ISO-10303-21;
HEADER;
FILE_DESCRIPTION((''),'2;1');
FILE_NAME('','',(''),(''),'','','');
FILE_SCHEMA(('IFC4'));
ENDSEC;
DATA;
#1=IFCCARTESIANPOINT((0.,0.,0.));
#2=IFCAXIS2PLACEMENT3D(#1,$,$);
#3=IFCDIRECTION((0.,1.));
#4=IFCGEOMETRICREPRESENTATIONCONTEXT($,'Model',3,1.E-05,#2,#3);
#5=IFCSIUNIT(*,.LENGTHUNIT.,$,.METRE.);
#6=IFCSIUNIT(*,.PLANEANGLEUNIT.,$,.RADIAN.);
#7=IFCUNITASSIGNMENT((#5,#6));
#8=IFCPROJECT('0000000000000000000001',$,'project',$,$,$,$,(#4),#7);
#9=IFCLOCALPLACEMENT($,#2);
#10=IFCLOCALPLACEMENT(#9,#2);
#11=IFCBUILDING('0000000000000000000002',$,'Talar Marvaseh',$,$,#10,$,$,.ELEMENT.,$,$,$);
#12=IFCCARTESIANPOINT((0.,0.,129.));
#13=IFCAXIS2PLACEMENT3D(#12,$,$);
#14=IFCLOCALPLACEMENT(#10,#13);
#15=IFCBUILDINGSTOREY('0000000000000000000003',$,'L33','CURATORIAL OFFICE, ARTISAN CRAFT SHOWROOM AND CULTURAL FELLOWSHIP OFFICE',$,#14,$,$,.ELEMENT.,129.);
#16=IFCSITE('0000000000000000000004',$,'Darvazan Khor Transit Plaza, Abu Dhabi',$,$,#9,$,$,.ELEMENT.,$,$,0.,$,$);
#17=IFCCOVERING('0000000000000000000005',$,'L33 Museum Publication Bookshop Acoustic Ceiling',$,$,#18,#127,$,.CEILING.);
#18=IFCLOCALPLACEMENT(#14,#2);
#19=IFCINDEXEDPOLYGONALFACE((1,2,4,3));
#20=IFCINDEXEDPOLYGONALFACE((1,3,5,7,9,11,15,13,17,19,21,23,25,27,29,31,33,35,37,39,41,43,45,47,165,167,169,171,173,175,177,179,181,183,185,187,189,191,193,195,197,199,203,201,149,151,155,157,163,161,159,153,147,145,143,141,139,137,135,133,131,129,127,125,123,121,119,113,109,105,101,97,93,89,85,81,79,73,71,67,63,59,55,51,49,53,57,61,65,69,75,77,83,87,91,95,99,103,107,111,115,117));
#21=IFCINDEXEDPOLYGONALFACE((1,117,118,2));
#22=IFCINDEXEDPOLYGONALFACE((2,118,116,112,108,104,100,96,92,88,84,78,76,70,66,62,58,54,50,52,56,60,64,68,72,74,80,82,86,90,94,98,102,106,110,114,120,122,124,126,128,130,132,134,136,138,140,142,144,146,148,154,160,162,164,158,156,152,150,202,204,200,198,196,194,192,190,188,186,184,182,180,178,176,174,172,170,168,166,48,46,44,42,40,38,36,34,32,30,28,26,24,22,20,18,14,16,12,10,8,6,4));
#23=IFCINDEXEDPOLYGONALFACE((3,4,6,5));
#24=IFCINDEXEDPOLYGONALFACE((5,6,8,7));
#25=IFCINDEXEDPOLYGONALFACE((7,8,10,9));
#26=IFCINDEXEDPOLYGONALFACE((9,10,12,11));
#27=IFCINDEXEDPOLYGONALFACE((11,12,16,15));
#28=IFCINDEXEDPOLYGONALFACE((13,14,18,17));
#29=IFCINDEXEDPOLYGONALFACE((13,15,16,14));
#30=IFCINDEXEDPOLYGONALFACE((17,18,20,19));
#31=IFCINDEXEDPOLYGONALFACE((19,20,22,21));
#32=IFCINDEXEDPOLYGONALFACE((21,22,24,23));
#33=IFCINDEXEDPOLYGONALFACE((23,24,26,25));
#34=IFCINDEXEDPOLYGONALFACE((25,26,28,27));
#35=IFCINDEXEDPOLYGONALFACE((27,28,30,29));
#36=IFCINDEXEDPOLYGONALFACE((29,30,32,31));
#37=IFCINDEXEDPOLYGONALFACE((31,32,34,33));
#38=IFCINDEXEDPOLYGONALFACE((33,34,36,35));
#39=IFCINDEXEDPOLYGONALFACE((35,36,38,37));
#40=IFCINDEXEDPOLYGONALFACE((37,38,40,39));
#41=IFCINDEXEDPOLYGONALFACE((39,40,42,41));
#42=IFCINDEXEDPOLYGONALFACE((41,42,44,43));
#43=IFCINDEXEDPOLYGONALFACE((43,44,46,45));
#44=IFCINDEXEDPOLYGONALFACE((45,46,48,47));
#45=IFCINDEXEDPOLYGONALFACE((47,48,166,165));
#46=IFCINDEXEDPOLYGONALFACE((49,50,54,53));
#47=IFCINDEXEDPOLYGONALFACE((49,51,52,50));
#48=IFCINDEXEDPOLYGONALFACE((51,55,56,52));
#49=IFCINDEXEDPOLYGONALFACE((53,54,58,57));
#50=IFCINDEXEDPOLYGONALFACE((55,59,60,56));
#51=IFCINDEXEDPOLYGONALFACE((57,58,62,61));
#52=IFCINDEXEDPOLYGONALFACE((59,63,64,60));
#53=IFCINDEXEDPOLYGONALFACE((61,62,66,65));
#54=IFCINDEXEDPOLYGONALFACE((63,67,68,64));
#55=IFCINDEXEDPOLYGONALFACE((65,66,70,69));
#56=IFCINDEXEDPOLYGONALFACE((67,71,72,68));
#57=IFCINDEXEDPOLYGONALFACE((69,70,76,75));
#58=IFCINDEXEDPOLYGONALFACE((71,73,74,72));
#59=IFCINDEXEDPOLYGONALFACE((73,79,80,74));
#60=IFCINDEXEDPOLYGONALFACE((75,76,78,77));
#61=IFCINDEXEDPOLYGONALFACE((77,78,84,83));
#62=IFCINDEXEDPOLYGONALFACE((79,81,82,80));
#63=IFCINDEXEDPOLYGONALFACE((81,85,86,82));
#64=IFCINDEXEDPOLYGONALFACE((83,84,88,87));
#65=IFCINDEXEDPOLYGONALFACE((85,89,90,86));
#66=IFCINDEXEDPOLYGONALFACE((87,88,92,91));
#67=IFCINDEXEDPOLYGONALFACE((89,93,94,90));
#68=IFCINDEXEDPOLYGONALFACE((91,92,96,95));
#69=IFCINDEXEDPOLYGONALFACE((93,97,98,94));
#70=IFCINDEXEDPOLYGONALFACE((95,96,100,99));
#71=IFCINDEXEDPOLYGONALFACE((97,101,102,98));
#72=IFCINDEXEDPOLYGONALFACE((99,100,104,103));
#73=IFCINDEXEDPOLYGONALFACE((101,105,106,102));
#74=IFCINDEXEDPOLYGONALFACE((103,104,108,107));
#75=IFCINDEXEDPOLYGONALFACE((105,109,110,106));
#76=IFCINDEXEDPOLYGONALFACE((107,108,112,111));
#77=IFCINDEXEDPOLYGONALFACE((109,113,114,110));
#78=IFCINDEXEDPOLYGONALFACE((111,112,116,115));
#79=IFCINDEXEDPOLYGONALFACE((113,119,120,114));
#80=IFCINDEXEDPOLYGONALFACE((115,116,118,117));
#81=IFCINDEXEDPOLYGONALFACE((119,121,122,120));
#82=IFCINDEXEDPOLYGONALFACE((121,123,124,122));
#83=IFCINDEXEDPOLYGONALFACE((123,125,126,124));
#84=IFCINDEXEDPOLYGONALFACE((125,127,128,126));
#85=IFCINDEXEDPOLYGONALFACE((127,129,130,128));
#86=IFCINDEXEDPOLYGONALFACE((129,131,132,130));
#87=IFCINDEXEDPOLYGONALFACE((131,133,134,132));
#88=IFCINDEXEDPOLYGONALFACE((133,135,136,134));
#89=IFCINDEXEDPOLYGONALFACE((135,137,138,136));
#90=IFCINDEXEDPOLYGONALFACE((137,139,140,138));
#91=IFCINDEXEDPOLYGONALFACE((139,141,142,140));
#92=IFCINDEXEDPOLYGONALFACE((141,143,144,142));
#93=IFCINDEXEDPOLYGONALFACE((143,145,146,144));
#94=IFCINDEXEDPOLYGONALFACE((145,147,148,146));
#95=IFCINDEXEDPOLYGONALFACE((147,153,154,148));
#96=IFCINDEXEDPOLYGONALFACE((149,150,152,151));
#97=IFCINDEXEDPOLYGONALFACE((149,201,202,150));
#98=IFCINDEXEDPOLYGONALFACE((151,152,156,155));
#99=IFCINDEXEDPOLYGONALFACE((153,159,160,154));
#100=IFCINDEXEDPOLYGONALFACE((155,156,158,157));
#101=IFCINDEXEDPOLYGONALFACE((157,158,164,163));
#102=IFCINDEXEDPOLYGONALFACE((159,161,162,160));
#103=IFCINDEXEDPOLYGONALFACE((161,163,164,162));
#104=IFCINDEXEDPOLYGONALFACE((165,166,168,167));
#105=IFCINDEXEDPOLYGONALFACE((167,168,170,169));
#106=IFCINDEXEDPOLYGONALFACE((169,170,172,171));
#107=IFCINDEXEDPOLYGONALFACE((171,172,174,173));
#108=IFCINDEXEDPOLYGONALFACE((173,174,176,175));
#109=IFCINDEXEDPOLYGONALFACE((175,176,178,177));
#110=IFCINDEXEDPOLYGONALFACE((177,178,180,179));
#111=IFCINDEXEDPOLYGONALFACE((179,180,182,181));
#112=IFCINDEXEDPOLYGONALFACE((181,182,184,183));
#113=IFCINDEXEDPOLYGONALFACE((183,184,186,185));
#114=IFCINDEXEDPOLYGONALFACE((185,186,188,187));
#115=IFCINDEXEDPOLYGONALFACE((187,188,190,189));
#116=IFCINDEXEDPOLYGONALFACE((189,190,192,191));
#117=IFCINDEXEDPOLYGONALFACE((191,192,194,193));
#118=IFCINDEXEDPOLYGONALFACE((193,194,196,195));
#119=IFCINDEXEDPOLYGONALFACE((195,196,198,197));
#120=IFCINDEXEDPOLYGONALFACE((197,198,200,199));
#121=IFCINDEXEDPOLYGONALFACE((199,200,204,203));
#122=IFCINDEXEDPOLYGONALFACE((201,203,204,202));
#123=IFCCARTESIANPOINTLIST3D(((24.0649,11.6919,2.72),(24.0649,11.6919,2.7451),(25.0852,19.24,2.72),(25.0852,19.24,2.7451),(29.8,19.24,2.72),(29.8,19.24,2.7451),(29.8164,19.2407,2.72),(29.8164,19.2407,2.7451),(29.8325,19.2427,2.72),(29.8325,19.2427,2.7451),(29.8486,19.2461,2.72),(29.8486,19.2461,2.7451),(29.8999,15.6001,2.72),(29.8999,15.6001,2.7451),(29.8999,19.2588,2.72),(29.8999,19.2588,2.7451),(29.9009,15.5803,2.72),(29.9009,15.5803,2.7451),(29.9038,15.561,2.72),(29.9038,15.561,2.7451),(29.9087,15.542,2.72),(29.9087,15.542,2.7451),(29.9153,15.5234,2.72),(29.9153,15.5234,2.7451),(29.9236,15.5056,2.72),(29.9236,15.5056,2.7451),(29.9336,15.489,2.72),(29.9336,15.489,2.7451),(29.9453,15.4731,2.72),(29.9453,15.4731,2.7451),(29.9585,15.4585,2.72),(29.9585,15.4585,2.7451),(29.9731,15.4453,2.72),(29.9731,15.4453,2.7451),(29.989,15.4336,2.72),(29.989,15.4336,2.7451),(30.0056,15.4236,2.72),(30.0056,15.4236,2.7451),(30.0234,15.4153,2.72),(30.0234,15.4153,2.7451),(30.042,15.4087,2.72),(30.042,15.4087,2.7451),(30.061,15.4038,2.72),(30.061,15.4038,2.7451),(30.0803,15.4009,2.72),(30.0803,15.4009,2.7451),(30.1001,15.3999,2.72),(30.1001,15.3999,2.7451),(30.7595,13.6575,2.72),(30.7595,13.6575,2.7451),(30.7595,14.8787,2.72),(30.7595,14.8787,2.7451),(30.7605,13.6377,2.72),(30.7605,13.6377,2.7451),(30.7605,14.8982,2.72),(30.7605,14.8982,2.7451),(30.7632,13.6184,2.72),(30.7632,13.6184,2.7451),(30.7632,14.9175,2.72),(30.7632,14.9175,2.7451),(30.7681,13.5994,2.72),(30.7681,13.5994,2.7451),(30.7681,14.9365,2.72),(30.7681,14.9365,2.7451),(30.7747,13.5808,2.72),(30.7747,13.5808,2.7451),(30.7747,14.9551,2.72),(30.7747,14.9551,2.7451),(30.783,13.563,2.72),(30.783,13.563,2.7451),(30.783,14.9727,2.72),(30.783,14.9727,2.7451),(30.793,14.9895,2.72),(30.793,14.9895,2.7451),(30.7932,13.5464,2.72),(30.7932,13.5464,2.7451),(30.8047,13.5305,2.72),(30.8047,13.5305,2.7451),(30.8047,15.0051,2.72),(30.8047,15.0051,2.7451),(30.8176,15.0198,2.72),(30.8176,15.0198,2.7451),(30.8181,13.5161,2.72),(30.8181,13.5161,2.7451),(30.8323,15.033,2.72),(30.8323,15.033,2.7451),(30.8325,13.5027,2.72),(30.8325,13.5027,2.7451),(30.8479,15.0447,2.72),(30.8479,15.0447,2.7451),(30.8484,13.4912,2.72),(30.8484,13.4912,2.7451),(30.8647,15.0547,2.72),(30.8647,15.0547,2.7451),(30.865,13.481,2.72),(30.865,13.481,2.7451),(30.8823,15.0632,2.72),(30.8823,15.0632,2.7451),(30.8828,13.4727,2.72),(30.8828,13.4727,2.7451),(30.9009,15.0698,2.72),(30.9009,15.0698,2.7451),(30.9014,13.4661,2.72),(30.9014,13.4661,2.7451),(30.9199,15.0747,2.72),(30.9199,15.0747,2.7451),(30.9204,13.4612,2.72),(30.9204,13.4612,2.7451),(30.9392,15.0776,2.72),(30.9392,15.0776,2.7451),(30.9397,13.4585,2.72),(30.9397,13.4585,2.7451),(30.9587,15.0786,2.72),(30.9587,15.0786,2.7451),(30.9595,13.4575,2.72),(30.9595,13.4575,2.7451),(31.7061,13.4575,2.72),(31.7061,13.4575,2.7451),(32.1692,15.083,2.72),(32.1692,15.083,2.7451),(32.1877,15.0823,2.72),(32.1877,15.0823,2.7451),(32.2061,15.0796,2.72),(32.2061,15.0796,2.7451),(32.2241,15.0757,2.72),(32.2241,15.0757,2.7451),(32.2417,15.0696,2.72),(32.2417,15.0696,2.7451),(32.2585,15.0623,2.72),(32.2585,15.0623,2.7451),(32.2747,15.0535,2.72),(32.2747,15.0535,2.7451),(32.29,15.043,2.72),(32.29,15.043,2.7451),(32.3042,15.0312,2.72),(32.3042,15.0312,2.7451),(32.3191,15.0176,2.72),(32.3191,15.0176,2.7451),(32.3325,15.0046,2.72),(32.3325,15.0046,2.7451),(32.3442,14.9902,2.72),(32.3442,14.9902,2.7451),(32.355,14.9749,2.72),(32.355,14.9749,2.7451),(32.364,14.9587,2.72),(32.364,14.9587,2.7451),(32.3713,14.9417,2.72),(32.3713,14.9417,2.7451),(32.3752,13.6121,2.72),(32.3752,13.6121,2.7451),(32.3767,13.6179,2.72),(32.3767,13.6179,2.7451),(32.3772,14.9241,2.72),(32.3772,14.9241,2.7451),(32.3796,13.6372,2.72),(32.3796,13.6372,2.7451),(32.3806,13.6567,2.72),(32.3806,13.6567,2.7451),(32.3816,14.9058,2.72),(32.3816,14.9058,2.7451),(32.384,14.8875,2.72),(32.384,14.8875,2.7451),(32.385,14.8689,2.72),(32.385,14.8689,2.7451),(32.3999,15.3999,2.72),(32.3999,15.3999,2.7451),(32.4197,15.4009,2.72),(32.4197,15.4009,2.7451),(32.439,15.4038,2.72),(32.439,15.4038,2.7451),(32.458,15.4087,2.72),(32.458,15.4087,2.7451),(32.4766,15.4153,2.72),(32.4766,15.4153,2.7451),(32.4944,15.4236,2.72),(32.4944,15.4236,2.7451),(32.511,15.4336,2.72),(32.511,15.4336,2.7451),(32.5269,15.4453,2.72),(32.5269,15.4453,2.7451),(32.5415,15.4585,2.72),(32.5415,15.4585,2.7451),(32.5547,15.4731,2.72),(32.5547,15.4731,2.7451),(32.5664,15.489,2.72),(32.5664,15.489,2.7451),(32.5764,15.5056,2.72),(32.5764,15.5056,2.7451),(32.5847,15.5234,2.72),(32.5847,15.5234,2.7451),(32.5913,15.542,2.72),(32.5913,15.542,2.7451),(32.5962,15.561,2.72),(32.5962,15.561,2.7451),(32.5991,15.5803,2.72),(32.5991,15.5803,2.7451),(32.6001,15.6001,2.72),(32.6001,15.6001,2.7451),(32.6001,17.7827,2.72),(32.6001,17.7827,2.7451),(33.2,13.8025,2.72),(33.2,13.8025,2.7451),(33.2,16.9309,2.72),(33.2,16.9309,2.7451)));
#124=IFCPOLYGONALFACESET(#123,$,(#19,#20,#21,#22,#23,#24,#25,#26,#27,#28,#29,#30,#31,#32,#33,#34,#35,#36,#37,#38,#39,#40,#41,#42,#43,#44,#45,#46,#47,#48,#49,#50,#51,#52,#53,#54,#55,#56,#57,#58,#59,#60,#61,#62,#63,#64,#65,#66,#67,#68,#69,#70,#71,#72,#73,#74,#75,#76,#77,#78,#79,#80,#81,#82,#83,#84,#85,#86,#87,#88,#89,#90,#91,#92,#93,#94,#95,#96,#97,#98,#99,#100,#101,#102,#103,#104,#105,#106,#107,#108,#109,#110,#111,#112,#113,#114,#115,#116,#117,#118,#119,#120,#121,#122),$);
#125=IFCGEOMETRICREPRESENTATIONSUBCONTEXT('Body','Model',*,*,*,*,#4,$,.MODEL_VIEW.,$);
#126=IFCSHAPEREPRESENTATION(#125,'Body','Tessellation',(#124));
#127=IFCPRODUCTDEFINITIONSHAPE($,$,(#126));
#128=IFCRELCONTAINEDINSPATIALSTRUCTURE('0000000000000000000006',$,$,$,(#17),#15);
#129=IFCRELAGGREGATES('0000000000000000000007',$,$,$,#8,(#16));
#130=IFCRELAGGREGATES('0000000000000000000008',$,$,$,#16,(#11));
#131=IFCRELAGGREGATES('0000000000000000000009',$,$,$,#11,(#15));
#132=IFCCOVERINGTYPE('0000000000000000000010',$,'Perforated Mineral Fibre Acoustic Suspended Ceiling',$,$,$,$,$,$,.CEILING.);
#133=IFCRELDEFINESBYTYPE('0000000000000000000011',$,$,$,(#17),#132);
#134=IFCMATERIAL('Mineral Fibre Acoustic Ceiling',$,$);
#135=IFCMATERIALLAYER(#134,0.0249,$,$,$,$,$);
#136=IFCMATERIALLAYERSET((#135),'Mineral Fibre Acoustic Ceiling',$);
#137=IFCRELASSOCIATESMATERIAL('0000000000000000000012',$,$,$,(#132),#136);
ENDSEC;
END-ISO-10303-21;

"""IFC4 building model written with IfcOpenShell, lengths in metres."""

from ifc_helpers import new_model, si_unit, direction, frame, origin, place, context, subcontext, project, spatial, polyline, outline, extrude, material, layer, layer_set, type_object, element, save


model = new_model("IFC4")

# Units and contexts
model_context = context("Model", 3, precision=1e-05, world=origin(), true_north=direction((0.0, 1.0)))
body_context = subcontext(model_context, "Body", "Model", "MODEL_VIEW")
ifc_project = project(units=[si_unit("LENGTHUNIT", "METRE"), si_unit("PLANEANGLEUNIT", "RADIAN")], contexts=[model_context])

# Site, building, storey
site_placement = place(None, origin())
site = spatial("IfcSite", under=ifc_project, at=site_placement, Name="Darvazan Khor Transit Plaza, Abu Dhabi", CompositionType="ELEMENT", RefElevation=0.0)
building_placement = place(site_placement, origin())
building = spatial("IfcBuilding", under=site, at=building_placement, Name="Talar Marvaseh", CompositionType="ELEMENT")
storey_placement = place(building_placement, frame((0.0, 0.0, 129.0)))
storey = spatial("IfcBuildingStorey", under=building, at=storey_placement, Name="L33", Description="CURATORIAL OFFICE, ARTISAN CRAFT SHOWROOM AND CULTURAL FELLOWSHIP OFFICE", CompositionType="ELEMENT", Elevation=129.0)

# Covering
ifc_material_1 = material(Name="Mineral Fibre Acoustic Ceiling")
ifc_layer_1 = layer(ifc_material_1, 0.0249)
ifc_layer_set_1 = layer_set([ifc_layer_1], Name="Mineral Fibre Acoustic Ceiling")
covering_type_1 = type_object("IfcCoveringType", Name="Perforated Mineral Fibre Acoustic Suspended Ceiling", PredefinedType="CEILING", material=ifc_layer_set_1)
covering_1_placement = place(storey_placement, frame((0.0, 0.0, 2.72)))
element("IfcCovering", 1, at=covering_1_placement, inside=storey, type_object=covering_type_1, Name="L33 Museum Publication Bookshop Acoustic Ceiling", PredefinedType="CEILING", context=body_context, shape_type="SweptSolid", body=[
    extrude(outline(polyline([(29.8, 19.24), (29.8164, 19.2407), (29.8325, 19.2427), (29.8486, 19.2461), (29.8999, 19.2588), (29.8999, 15.6001), (29.9009, 15.5803), (29.9038, 15.561), (29.9087, 15.542), (29.9153, 15.5234), (29.9236, 15.5056), (29.9336, 15.489), (29.9453, 15.4731), (29.9585, 15.4585), (29.9731, 15.4453), (29.989, 15.4336), (30.0056, 15.4236), (30.0234, 15.4153), (30.042, 15.4087), (30.061, 15.4038), (30.0803, 15.4009), (30.1001, 15.3999), (32.3999, 15.3999), (32.4197, 15.4009), (32.439, 15.4038), (32.458, 15.4087), (32.4766, 15.4153), (32.4944, 15.4236), (32.511, 15.4336), (32.5269, 15.4453), (32.5415, 15.4585), (32.5547, 15.4731), (32.5664, 15.489), (32.5764, 15.5056), (32.5847, 15.5234), (32.5913, 15.542), (32.5962, 15.561), (32.5991, 15.5803), (32.6001, 15.6001), (32.6001, 17.7827), (33.2, 16.9309), (33.2, 13.8025), (32.3752, 13.6121), (32.3767, 13.6179), (32.3796, 13.6372), (32.3806, 13.6567), (32.385, 14.8689), (32.384, 14.8875), (32.3816, 14.9058), (32.3772, 14.9241), (32.3713, 14.9417), (32.364, 14.9587), (32.355, 14.9749), (32.3442, 14.9902), (32.3325, 15.0046), (32.3191, 15.0176), (32.3042, 15.0312), (32.29, 15.043), (32.2747, 15.0535), (32.2585, 15.0623), (32.2417, 15.0696), (32.2241, 15.0757), (32.2061, 15.0796), (32.1877, 15.0823), (32.1692, 15.083), (30.9587, 15.0786), (30.9392, 15.0776), (30.9199, 15.0747), (30.9009, 15.0698), (30.8823, 15.0632), (30.8647, 15.0547), (30.8479, 15.0447), (30.8323, 15.033), (30.8176, 15.0198), (30.8047, 15.0051), (30.793, 14.9895), (30.783, 14.9727), (30.7747, 14.9551), (30.7681, 14.9365), (30.7632, 14.9175), (30.7605, 14.8982), (30.7595, 14.8787), (30.7595, 13.6575), (30.7605, 13.6377), (30.7632, 13.6184), (30.7681, 13.5994), (30.7747, 13.5808), (30.783, 13.563), (30.7932, 13.5464), (30.8047, 13.5305), (30.8181, 13.5161), (30.8325, 13.5027), (30.8484, 13.4912), (30.865, 13.481), (30.8828, 13.4727), (30.9014, 13.4661), (30.9204, 13.4612), (30.9397, 13.4585), (30.9595, 13.4575), (31.7061, 13.4575), (24.0649, 11.6919), (25.0852, 19.24), (29.8, 19.24)])), origin(), (0.0, 0.0, 1.0), 0.0251),
])

save(model, "model.ifc")
